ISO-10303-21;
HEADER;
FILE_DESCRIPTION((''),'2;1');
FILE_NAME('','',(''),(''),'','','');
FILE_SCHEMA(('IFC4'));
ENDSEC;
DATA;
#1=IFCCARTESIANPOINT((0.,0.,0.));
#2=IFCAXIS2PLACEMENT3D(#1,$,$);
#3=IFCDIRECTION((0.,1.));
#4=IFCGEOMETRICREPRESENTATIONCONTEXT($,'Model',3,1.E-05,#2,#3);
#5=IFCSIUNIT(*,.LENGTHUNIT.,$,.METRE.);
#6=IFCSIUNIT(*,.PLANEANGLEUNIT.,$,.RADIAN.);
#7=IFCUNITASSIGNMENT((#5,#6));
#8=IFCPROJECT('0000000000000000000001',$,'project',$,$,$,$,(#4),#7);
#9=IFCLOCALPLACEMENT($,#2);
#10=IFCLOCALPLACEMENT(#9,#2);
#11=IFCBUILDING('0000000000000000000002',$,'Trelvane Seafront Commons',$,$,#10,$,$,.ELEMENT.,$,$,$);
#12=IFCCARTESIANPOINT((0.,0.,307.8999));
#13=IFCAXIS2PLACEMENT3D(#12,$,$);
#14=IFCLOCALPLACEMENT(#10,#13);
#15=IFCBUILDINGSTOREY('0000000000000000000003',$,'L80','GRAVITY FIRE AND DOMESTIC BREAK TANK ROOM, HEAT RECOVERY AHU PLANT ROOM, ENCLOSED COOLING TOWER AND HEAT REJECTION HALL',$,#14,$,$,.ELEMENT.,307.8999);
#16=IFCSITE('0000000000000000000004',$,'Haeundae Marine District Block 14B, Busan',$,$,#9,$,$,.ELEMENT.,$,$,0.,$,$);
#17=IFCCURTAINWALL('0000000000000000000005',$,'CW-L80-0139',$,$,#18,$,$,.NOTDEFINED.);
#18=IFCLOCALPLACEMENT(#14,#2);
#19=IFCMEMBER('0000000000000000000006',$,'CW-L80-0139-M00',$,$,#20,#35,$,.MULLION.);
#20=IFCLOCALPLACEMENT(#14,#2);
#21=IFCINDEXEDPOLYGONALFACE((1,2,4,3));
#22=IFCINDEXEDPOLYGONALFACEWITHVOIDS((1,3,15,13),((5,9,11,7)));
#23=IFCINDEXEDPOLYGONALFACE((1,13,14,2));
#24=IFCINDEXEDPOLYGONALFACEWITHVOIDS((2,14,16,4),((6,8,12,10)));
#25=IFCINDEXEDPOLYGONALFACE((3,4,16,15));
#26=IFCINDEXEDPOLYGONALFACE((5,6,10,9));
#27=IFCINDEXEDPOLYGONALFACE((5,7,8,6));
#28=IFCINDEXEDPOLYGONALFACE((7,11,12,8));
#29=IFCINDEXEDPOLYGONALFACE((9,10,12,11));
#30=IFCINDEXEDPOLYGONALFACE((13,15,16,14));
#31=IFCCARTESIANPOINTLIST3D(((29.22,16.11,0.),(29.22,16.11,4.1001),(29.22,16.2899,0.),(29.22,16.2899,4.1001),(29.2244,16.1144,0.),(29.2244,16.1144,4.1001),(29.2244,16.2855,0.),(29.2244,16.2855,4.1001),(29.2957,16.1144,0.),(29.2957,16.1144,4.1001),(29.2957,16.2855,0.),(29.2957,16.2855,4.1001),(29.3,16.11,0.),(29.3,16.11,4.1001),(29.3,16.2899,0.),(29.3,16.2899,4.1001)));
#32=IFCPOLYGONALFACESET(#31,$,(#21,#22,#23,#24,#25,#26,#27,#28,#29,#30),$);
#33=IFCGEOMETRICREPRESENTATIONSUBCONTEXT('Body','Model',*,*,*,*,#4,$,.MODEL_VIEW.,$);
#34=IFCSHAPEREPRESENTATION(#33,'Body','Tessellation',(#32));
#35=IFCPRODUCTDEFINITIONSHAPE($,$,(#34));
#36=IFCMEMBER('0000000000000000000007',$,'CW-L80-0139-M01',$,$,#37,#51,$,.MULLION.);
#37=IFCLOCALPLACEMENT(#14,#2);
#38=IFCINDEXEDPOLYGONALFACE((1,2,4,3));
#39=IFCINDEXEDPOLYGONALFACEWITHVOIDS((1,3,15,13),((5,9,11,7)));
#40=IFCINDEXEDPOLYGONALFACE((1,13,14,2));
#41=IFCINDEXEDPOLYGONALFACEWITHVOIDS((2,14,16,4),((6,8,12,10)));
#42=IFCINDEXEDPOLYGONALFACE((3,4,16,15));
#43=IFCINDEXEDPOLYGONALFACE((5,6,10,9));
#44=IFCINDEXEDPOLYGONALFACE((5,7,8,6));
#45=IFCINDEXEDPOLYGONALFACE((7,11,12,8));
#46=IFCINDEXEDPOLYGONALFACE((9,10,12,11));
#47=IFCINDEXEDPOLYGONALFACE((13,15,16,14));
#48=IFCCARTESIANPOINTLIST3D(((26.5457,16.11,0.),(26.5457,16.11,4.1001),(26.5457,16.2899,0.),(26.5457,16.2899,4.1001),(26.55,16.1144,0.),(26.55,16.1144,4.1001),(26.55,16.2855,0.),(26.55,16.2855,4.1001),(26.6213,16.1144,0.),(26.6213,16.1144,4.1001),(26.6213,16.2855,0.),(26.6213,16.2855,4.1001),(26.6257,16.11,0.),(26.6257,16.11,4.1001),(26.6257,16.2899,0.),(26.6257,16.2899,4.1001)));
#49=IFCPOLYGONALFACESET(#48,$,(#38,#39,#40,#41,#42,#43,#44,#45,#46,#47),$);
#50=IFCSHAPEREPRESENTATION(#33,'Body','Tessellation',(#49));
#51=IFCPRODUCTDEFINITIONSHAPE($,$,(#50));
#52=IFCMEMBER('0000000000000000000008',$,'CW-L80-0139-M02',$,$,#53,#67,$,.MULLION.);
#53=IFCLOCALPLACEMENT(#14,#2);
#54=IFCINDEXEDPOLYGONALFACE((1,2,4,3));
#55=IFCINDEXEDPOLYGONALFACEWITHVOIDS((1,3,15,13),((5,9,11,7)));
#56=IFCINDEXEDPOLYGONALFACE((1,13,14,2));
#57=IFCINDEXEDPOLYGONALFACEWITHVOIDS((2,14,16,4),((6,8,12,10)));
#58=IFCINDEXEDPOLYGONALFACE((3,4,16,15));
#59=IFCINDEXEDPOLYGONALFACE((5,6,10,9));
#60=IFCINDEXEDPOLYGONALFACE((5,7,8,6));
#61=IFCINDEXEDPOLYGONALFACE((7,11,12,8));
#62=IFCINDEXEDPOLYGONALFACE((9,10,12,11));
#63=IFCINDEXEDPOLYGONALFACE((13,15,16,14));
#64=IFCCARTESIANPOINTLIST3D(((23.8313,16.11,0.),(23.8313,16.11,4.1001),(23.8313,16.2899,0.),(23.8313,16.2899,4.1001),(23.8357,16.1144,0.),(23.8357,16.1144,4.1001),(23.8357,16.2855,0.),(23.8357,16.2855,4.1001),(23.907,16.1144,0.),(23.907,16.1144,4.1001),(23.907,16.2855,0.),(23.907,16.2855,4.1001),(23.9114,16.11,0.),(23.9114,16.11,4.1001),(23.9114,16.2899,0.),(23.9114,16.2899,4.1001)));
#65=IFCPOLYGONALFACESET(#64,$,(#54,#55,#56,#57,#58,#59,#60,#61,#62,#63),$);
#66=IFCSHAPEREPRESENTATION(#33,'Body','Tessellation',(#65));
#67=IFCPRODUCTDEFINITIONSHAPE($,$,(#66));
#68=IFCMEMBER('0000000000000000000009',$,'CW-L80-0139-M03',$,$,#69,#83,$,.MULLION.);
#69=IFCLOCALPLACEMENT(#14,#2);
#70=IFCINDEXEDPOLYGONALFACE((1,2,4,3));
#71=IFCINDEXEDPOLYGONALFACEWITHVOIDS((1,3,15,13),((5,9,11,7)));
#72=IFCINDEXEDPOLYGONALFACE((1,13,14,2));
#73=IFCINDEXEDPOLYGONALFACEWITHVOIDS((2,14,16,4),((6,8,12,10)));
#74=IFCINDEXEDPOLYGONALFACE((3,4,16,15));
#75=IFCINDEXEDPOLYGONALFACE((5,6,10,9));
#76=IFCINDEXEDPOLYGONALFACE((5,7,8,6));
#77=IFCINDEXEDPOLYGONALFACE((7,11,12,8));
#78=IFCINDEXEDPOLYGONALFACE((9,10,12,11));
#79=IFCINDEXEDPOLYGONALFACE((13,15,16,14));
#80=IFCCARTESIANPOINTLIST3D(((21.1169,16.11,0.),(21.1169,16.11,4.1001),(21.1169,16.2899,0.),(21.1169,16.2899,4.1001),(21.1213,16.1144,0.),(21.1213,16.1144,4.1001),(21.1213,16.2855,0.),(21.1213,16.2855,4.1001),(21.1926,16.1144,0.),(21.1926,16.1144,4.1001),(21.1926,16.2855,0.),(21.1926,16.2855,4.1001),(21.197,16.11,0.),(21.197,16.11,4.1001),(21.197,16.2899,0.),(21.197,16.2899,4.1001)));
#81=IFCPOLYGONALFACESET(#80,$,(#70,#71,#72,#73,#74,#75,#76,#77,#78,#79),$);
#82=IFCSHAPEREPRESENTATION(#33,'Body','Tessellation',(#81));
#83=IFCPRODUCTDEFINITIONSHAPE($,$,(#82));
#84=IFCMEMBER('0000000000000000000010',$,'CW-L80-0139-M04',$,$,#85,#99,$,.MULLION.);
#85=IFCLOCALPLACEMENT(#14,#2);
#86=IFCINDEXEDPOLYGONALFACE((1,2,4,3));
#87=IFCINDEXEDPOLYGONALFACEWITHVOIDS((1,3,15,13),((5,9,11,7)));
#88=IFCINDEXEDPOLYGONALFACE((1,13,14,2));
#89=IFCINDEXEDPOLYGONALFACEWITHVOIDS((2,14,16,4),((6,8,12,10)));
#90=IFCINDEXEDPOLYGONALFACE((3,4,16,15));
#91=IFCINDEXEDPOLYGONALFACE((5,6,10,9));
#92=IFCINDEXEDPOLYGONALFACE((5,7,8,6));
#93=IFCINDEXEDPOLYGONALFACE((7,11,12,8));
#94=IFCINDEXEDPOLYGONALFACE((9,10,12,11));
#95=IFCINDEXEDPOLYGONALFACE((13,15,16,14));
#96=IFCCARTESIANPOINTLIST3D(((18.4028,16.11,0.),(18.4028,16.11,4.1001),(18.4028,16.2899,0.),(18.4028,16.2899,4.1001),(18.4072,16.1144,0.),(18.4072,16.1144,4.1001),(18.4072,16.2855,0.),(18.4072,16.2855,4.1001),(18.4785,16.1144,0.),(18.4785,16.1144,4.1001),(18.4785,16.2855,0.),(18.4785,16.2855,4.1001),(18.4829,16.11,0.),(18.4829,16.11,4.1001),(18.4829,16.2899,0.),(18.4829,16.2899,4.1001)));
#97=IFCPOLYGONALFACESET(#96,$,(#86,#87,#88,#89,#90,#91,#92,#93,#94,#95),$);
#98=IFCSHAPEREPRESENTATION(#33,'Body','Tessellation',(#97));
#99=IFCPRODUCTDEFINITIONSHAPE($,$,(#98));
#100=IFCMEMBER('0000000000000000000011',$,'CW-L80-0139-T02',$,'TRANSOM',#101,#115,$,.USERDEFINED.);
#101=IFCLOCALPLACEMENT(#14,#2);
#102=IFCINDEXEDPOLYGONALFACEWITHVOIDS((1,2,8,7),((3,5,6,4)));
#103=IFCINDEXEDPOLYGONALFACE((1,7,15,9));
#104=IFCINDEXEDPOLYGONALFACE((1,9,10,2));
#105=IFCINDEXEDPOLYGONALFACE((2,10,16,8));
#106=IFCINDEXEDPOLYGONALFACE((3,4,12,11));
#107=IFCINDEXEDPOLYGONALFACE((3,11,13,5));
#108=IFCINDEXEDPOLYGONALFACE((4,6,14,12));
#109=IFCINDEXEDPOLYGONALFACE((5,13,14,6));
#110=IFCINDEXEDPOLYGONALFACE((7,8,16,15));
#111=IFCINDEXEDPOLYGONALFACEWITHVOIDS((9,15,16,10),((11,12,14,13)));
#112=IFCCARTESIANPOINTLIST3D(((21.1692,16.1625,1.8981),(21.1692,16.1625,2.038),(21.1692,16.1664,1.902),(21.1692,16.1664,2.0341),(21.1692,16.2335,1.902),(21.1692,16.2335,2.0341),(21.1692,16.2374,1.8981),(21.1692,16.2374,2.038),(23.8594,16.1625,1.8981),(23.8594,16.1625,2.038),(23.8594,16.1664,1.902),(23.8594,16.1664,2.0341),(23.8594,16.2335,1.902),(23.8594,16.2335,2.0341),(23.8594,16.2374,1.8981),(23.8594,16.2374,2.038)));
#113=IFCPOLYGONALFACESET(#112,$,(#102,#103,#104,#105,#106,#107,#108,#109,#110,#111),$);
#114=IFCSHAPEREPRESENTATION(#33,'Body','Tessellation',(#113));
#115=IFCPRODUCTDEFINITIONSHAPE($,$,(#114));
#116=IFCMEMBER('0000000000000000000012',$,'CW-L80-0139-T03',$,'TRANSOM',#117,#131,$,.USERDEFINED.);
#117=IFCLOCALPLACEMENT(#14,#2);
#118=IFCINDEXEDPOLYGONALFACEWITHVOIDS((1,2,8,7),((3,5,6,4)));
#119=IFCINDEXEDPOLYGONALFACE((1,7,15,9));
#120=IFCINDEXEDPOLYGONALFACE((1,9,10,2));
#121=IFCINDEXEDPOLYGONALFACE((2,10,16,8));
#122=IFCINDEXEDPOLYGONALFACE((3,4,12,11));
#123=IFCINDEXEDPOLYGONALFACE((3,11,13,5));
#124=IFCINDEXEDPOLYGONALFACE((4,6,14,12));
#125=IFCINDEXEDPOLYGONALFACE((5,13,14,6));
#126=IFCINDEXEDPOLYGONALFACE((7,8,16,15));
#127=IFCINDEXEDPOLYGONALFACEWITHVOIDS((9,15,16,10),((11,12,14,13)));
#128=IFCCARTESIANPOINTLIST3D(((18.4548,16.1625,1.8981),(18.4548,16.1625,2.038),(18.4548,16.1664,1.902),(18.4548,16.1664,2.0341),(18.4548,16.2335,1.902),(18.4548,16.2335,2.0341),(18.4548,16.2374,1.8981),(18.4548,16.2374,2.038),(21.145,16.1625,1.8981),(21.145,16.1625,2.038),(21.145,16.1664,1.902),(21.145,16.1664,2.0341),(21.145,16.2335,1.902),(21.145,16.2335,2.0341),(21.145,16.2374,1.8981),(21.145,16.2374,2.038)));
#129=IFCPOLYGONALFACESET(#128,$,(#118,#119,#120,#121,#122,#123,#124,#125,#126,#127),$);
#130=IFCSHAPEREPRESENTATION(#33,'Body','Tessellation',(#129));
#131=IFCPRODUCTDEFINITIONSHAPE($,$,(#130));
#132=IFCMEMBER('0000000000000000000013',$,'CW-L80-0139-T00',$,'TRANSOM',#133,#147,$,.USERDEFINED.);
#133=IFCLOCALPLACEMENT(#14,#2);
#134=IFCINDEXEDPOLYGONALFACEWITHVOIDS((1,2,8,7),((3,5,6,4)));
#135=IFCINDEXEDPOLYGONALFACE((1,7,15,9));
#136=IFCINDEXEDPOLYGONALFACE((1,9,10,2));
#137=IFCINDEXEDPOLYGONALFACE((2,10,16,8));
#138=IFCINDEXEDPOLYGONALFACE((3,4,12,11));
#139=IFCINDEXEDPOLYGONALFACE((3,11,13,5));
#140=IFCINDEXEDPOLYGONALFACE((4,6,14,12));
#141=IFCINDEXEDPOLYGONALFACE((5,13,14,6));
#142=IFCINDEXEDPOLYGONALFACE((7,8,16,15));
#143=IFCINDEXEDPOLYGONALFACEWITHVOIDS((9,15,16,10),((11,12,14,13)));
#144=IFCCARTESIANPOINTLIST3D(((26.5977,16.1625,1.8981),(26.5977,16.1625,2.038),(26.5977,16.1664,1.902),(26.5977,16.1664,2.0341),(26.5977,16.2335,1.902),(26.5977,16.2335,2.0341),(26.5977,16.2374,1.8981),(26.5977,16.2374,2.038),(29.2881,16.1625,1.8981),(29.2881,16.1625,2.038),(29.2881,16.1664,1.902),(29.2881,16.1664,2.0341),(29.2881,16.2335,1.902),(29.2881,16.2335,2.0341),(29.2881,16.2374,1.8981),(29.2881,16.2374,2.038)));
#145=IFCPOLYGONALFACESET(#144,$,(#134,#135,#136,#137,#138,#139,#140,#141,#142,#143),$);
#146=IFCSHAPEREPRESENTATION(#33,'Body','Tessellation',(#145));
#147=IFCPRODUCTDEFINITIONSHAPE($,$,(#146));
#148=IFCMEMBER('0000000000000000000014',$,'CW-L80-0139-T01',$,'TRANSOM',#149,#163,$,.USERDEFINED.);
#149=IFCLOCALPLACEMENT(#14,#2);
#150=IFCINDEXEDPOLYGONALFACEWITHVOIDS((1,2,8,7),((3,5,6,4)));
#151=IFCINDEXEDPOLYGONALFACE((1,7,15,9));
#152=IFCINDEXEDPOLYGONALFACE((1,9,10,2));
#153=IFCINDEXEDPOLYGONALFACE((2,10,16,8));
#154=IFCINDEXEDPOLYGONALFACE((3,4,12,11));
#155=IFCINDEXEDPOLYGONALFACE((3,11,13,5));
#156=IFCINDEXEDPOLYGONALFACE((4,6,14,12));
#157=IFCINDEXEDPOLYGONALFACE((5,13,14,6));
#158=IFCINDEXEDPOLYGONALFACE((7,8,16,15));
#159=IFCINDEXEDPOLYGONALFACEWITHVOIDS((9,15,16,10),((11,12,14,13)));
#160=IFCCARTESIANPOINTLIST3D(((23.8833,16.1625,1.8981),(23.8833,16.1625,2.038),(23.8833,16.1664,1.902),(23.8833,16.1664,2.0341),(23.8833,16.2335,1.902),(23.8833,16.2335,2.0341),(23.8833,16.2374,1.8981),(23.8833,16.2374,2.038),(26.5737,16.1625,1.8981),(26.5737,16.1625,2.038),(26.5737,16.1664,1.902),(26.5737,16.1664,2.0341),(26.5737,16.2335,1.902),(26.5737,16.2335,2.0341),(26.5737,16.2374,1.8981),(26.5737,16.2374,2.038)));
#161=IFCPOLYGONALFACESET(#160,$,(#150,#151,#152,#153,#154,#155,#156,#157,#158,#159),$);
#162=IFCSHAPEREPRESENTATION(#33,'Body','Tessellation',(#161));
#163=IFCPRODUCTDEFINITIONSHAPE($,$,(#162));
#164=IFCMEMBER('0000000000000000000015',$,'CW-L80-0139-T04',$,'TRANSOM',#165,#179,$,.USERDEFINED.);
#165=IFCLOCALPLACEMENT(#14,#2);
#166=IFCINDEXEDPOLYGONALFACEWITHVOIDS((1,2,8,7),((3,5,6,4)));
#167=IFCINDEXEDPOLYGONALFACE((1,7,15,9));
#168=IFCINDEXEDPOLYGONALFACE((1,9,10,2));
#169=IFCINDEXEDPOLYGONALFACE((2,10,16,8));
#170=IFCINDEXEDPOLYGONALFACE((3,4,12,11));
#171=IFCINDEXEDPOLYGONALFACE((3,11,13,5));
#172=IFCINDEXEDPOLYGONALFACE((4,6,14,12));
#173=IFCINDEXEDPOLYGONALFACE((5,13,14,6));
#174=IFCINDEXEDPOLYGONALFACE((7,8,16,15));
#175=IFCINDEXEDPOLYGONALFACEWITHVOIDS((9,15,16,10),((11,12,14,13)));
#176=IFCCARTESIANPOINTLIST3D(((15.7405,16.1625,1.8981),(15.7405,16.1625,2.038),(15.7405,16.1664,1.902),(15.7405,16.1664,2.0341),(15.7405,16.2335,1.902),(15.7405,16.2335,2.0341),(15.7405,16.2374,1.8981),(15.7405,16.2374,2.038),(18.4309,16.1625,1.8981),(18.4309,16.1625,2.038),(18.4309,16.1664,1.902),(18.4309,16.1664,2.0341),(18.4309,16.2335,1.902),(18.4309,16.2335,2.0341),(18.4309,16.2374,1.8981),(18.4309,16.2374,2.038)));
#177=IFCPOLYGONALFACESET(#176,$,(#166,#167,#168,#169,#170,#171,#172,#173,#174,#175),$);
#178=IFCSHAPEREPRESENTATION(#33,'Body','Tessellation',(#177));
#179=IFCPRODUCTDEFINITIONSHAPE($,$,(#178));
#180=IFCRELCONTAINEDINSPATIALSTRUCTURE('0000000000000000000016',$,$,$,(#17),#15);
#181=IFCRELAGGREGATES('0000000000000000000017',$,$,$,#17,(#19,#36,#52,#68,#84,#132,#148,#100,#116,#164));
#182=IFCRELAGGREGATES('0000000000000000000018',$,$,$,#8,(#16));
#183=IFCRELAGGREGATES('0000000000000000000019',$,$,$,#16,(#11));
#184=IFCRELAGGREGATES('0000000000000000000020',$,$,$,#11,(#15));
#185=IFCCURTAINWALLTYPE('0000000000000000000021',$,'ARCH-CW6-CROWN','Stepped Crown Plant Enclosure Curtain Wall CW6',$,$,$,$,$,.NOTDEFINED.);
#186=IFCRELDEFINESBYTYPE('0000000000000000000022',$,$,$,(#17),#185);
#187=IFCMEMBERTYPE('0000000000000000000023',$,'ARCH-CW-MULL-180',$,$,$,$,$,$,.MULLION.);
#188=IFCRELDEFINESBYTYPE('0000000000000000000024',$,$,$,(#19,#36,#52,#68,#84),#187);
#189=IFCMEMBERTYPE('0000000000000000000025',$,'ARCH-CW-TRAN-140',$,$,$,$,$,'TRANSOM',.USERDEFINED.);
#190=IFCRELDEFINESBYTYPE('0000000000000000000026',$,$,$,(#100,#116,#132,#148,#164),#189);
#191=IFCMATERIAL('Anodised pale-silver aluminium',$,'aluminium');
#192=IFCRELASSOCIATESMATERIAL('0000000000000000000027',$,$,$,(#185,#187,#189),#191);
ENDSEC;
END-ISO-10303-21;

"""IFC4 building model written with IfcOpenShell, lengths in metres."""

from ifc_helpers import new_model, si_unit, direction, frame, origin, origin_2d, place, context, subcontext, project, spatial, hollow_rectangle, extrude, source, transform, mapped, material, material_profile, profile_set, type_object, element, aggregate, save


model = new_model("IFC4")

# Units and contexts
model_context = context("Model", 3, precision=1e-05, world=origin(), true_north=direction((0.0, 1.0)))
body_context = subcontext(model_context, "Body", "Model", "MODEL_VIEW")
ifc_project = project(units=[si_unit("LENGTHUNIT", "METRE"), si_unit("PLANEANGLEUNIT", "RADIAN")], contexts=[model_context])

# Site, building, storey
site_placement = place(None, origin())
site = spatial("IfcSite", under=ifc_project, at=site_placement, Name="Haeundae Marine District Block 14B, Busan", CompositionType="ELEMENT", RefElevation=0.0)
building_placement = place(site_placement, origin())
building = spatial("IfcBuilding", under=site, at=building_placement, Name="Trelvane Seafront Commons", CompositionType="ELEMENT")
storey_placement = place(building_placement, frame((0.0, 0.0, 307.8999)))
storey = spatial("IfcBuildingStorey", under=building, at=storey_placement, Name="L80", Description="GRAVITY FIRE AND DOMESTIC BREAK TANK ROOM, HEAT RECOVERY AHU PLANT ROOM, ENCLOSED COOLING TOWER AND HEAT REJECTION HALL", CompositionType="ELEMENT", Elevation=307.8999)

# Curtain wall, members
ifc_material_1 = material(Name="Anodised pale-silver aluminium", Category="aluminium")
curtain_wall_type = type_object("IfcCurtainWallType", Name="ARCH-CW6-CROWN", Description="Stepped Crown Plant Enclosure Curtain Wall CW6", PredefinedType="NOTDEFINED", material=ifc_material_1)
curtain_wall_placement = place(storey_placement, origin())
curtain_wall = element("IfcCurtainWall", 1, at=curtain_wall_placement, inside=storey, type_object=curtain_wall_type, Name="CW-L80-0139", PredefinedType="NOTDEFINED")
ifc_material_profile_1 = material_profile(ifc_material_1, hollow_rectangle(XDim=0.0801, YDim=0.1799, WallThickness=0.0044, at=origin_2d()), Name="MULL-80x180x4.5")
ifc_profile_set_1 = profile_set([ifc_material_profile_1], Name="Anodised pale-silver aluminium")
member_type_1 = type_object("IfcMemberType", Name="ARCH-CW-MULL-180", PredefinedType="MULLION", material=ifc_profile_set_1)
shared_shape_1 = source(origin(), body_context, "Body", "SweptSolid", [
    extrude(hollow_rectangle(XDim=0.0801, YDim=0.1799, WallThickness=0.0044, at=origin_2d()), origin(), (0.0, 0.0, 1.0), 4.1001),
])
member_1_placement = place(storey_placement, frame((29.26, 16.2, 0.0), z_axis=(0.0, 0.0, 1.0), x_axis=(1.0, 0.0, 0.0)))
member_1 = element("IfcMember", 2, at=member_1_placement, type_object=member_type_1, Name="CW-L80-0139-M00", PredefinedType="MULLION", context=body_context, shape_type="MappedRepresentation", body=[
    mapped(shared_shape_1, transform((0.0, 0.0, 0.0), x_axis=(1.0, 0.0, 0.0), y_axis=(0.0, 1.0, 0.0), z_axis=(0.0, 0.0, 1.0), scale=1.0)),
])
member_2_placement = place(storey_placement, frame((26.5857, 16.2, 0.0), z_axis=(0.0, 0.0, 1.0), x_axis=(1.0, 0.0, 0.0)))
member_2 = element("IfcMember", 3, at=member_2_placement, type_object=member_type_1, Name="CW-L80-0139-M01", PredefinedType="MULLION", context=body_context, shape_type="MappedRepresentation", body=[
    mapped(shared_shape_1, transform((0.0, 0.0, 0.0), x_axis=(1.0, 0.0, 0.0), y_axis=(0.0, 1.0, 0.0), z_axis=(0.0, 0.0, 1.0), scale=1.0)),
])
member_3_placement = place(storey_placement, frame((23.8713, 16.2, 0.0), z_axis=(0.0, 0.0, 1.0), x_axis=(1.0, 0.0, 0.0)))
member_3 = element("IfcMember", 4, at=member_3_placement, type_object=member_type_1, Name="CW-L80-0139-M02", PredefinedType="MULLION", context=body_context, shape_type="MappedRepresentation", body=[
    mapped(shared_shape_1, transform((0.0, 0.0, 0.0), x_axis=(1.0, 0.0, 0.0), y_axis=(0.0, 1.0, 0.0), z_axis=(0.0, 0.0, 1.0), scale=1.0)),
])
member_4_placement = place(storey_placement, frame((21.157, 16.2, 0.0), z_axis=(0.0, 0.0, 1.0), x_axis=(1.0, 0.0, 0.0)))
member_4 = element("IfcMember", 5, at=member_4_placement, type_object=member_type_1, Name="CW-L80-0139-M03", PredefinedType="MULLION", context=body_context, shape_type="MappedRepresentation", body=[
    mapped(shared_shape_1, transform((0.0, 0.0, 0.0), x_axis=(1.0, 0.0, 0.0), y_axis=(0.0, 1.0, 0.0), z_axis=(0.0, 0.0, 1.0), scale=1.0)),
])
member_5_placement = place(storey_placement, frame((18.4429, 16.2, 0.0), z_axis=(0.0, 0.0, 1.0), x_axis=(1.0, 0.0, 0.0)))
member_5 = element("IfcMember", 6, at=member_5_placement, type_object=member_type_1, Name="CW-L80-0139-M04", PredefinedType="MULLION", context=body_context, shape_type="MappedRepresentation", body=[
    mapped(shared_shape_1, transform((0.0, 0.0, 0.0), x_axis=(1.0, 0.0, 0.0), y_axis=(0.0, 1.0, 0.0), z_axis=(0.0, 0.0, 1.0), scale=1.0)),
])
ifc_material_profile_2 = material_profile(ifc_material_1, hollow_rectangle(XDim=0.075, YDim=0.1399, WallThickness=0.0039, at=origin_2d()), Name="TRAN-75x140x4")
ifc_profile_set_2 = profile_set([ifc_material_profile_2], Name="Anodised pale-silver aluminium")
member_type_2 = type_object("IfcMemberType", Name="ARCH-CW-TRAN-140", ElementType="TRANSOM", PredefinedType="USERDEFINED", material=ifc_profile_set_2)
shared_shape_2 = source(origin(), body_context, "Body", "SweptSolid", [
    extrude(hollow_rectangle(XDim=0.075, YDim=0.1399, WallThickness=0.0039, at=origin_2d()), origin(), (0.0, 0.0, 1.0), 2.6902),
])
member_6_placement = place(storey_placement, frame((23.8594, 16.2, 1.968), z_axis=(-1.0, 0.0, 0.0), x_axis=(0.0, -1.0, 0.0)))
member_6 = element("IfcMember", 7, at=member_6_placement, type_object=member_type_2, Name="CW-L80-0139-T02", ObjectType="TRANSOM", PredefinedType="USERDEFINED", context=body_context, shape_type="MappedRepresentation", body=[
    mapped(shared_shape_2, transform((0.0, 0.0, 0.0), x_axis=(1.0, 0.0, 0.0), y_axis=(0.0, 1.0, 0.0), z_axis=(0.0, 0.0, 1.0), scale=1.0)),
])
member_7_placement = place(storey_placement, frame((21.145, 16.2, 1.968), z_axis=(-1.0, 0.0, 0.0), x_axis=(0.0, -1.0, 0.0)))
member_7 = element("IfcMember", 8, at=member_7_placement, type_object=member_type_2, Name="CW-L80-0139-T03", ObjectType="TRANSOM", PredefinedType="USERDEFINED", context=body_context, shape_type="MappedRepresentation", body=[
    mapped(shared_shape_2, transform((0.0, 0.0, 0.0), x_axis=(1.0, 0.0, 0.0), y_axis=(0.0, 1.0, 0.0), z_axis=(0.0, 0.0, 1.0), scale=1.0)),
])
shared_shape_3 = source(origin(), body_context, "Body", "SweptSolid", [
    extrude(hollow_rectangle(XDim=0.075, YDim=0.1399, WallThickness=0.0039, at=origin_2d()), origin(), (0.0, 0.0, 1.0), 2.6904),
])
member_8_placement = place(storey_placement, frame((29.2881, 16.2, 1.968), z_axis=(-1.0, 0.0, 0.0), x_axis=(0.0, -1.0, 0.0)))
member_8 = element("IfcMember", 9, at=member_8_placement, type_object=member_type_2, Name="CW-L80-0139-T00", ObjectType="TRANSOM", PredefinedType="USERDEFINED", context=body_context, shape_type="MappedRepresentation", body=[
    mapped(shared_shape_3, transform((0.0, 0.0, 0.0), x_axis=(1.0, 0.0, 0.0), y_axis=(0.0, 1.0, 0.0), z_axis=(0.0, 0.0, 1.0), scale=1.0)),
])
member_9_placement = place(storey_placement, frame((26.5737, 16.2, 1.968), z_axis=(-1.0, 0.0, 0.0), x_axis=(0.0, -1.0, 0.0)))
member_9 = element("IfcMember", 10, at=member_9_placement, type_object=member_type_2, Name="CW-L80-0139-T01", ObjectType="TRANSOM", PredefinedType="USERDEFINED", context=body_context, shape_type="MappedRepresentation", body=[
    mapped(shared_shape_3, transform((0.0, 0.0, 0.0), x_axis=(1.0, 0.0, 0.0), y_axis=(0.0, 1.0, 0.0), z_axis=(0.0, 0.0, 1.0), scale=1.0)),
])
member_10_placement = place(storey_placement, frame((18.4309, 16.2, 1.968), z_axis=(-1.0, 0.0, 0.0), x_axis=(0.0, -1.0, 0.0)))
member_10 = element("IfcMember", 11, at=member_10_placement, type_object=member_type_2, Name="CW-L80-0139-T04", ObjectType="TRANSOM", PredefinedType="USERDEFINED", context=body_context, shape_type="MappedRepresentation", body=[
    mapped(shared_shape_3, transform((0.0, 0.0, 0.0), x_axis=(1.0, 0.0, 0.0), y_axis=(0.0, 1.0, 0.0), z_axis=(0.0, 0.0, 1.0), scale=1.0)),
])
aggregate(curtain_wall, [member_1, member_2, member_3, member_4, member_5, member_8, member_9, member_6, member_7, member_10])

save(model, "model.ifc")
